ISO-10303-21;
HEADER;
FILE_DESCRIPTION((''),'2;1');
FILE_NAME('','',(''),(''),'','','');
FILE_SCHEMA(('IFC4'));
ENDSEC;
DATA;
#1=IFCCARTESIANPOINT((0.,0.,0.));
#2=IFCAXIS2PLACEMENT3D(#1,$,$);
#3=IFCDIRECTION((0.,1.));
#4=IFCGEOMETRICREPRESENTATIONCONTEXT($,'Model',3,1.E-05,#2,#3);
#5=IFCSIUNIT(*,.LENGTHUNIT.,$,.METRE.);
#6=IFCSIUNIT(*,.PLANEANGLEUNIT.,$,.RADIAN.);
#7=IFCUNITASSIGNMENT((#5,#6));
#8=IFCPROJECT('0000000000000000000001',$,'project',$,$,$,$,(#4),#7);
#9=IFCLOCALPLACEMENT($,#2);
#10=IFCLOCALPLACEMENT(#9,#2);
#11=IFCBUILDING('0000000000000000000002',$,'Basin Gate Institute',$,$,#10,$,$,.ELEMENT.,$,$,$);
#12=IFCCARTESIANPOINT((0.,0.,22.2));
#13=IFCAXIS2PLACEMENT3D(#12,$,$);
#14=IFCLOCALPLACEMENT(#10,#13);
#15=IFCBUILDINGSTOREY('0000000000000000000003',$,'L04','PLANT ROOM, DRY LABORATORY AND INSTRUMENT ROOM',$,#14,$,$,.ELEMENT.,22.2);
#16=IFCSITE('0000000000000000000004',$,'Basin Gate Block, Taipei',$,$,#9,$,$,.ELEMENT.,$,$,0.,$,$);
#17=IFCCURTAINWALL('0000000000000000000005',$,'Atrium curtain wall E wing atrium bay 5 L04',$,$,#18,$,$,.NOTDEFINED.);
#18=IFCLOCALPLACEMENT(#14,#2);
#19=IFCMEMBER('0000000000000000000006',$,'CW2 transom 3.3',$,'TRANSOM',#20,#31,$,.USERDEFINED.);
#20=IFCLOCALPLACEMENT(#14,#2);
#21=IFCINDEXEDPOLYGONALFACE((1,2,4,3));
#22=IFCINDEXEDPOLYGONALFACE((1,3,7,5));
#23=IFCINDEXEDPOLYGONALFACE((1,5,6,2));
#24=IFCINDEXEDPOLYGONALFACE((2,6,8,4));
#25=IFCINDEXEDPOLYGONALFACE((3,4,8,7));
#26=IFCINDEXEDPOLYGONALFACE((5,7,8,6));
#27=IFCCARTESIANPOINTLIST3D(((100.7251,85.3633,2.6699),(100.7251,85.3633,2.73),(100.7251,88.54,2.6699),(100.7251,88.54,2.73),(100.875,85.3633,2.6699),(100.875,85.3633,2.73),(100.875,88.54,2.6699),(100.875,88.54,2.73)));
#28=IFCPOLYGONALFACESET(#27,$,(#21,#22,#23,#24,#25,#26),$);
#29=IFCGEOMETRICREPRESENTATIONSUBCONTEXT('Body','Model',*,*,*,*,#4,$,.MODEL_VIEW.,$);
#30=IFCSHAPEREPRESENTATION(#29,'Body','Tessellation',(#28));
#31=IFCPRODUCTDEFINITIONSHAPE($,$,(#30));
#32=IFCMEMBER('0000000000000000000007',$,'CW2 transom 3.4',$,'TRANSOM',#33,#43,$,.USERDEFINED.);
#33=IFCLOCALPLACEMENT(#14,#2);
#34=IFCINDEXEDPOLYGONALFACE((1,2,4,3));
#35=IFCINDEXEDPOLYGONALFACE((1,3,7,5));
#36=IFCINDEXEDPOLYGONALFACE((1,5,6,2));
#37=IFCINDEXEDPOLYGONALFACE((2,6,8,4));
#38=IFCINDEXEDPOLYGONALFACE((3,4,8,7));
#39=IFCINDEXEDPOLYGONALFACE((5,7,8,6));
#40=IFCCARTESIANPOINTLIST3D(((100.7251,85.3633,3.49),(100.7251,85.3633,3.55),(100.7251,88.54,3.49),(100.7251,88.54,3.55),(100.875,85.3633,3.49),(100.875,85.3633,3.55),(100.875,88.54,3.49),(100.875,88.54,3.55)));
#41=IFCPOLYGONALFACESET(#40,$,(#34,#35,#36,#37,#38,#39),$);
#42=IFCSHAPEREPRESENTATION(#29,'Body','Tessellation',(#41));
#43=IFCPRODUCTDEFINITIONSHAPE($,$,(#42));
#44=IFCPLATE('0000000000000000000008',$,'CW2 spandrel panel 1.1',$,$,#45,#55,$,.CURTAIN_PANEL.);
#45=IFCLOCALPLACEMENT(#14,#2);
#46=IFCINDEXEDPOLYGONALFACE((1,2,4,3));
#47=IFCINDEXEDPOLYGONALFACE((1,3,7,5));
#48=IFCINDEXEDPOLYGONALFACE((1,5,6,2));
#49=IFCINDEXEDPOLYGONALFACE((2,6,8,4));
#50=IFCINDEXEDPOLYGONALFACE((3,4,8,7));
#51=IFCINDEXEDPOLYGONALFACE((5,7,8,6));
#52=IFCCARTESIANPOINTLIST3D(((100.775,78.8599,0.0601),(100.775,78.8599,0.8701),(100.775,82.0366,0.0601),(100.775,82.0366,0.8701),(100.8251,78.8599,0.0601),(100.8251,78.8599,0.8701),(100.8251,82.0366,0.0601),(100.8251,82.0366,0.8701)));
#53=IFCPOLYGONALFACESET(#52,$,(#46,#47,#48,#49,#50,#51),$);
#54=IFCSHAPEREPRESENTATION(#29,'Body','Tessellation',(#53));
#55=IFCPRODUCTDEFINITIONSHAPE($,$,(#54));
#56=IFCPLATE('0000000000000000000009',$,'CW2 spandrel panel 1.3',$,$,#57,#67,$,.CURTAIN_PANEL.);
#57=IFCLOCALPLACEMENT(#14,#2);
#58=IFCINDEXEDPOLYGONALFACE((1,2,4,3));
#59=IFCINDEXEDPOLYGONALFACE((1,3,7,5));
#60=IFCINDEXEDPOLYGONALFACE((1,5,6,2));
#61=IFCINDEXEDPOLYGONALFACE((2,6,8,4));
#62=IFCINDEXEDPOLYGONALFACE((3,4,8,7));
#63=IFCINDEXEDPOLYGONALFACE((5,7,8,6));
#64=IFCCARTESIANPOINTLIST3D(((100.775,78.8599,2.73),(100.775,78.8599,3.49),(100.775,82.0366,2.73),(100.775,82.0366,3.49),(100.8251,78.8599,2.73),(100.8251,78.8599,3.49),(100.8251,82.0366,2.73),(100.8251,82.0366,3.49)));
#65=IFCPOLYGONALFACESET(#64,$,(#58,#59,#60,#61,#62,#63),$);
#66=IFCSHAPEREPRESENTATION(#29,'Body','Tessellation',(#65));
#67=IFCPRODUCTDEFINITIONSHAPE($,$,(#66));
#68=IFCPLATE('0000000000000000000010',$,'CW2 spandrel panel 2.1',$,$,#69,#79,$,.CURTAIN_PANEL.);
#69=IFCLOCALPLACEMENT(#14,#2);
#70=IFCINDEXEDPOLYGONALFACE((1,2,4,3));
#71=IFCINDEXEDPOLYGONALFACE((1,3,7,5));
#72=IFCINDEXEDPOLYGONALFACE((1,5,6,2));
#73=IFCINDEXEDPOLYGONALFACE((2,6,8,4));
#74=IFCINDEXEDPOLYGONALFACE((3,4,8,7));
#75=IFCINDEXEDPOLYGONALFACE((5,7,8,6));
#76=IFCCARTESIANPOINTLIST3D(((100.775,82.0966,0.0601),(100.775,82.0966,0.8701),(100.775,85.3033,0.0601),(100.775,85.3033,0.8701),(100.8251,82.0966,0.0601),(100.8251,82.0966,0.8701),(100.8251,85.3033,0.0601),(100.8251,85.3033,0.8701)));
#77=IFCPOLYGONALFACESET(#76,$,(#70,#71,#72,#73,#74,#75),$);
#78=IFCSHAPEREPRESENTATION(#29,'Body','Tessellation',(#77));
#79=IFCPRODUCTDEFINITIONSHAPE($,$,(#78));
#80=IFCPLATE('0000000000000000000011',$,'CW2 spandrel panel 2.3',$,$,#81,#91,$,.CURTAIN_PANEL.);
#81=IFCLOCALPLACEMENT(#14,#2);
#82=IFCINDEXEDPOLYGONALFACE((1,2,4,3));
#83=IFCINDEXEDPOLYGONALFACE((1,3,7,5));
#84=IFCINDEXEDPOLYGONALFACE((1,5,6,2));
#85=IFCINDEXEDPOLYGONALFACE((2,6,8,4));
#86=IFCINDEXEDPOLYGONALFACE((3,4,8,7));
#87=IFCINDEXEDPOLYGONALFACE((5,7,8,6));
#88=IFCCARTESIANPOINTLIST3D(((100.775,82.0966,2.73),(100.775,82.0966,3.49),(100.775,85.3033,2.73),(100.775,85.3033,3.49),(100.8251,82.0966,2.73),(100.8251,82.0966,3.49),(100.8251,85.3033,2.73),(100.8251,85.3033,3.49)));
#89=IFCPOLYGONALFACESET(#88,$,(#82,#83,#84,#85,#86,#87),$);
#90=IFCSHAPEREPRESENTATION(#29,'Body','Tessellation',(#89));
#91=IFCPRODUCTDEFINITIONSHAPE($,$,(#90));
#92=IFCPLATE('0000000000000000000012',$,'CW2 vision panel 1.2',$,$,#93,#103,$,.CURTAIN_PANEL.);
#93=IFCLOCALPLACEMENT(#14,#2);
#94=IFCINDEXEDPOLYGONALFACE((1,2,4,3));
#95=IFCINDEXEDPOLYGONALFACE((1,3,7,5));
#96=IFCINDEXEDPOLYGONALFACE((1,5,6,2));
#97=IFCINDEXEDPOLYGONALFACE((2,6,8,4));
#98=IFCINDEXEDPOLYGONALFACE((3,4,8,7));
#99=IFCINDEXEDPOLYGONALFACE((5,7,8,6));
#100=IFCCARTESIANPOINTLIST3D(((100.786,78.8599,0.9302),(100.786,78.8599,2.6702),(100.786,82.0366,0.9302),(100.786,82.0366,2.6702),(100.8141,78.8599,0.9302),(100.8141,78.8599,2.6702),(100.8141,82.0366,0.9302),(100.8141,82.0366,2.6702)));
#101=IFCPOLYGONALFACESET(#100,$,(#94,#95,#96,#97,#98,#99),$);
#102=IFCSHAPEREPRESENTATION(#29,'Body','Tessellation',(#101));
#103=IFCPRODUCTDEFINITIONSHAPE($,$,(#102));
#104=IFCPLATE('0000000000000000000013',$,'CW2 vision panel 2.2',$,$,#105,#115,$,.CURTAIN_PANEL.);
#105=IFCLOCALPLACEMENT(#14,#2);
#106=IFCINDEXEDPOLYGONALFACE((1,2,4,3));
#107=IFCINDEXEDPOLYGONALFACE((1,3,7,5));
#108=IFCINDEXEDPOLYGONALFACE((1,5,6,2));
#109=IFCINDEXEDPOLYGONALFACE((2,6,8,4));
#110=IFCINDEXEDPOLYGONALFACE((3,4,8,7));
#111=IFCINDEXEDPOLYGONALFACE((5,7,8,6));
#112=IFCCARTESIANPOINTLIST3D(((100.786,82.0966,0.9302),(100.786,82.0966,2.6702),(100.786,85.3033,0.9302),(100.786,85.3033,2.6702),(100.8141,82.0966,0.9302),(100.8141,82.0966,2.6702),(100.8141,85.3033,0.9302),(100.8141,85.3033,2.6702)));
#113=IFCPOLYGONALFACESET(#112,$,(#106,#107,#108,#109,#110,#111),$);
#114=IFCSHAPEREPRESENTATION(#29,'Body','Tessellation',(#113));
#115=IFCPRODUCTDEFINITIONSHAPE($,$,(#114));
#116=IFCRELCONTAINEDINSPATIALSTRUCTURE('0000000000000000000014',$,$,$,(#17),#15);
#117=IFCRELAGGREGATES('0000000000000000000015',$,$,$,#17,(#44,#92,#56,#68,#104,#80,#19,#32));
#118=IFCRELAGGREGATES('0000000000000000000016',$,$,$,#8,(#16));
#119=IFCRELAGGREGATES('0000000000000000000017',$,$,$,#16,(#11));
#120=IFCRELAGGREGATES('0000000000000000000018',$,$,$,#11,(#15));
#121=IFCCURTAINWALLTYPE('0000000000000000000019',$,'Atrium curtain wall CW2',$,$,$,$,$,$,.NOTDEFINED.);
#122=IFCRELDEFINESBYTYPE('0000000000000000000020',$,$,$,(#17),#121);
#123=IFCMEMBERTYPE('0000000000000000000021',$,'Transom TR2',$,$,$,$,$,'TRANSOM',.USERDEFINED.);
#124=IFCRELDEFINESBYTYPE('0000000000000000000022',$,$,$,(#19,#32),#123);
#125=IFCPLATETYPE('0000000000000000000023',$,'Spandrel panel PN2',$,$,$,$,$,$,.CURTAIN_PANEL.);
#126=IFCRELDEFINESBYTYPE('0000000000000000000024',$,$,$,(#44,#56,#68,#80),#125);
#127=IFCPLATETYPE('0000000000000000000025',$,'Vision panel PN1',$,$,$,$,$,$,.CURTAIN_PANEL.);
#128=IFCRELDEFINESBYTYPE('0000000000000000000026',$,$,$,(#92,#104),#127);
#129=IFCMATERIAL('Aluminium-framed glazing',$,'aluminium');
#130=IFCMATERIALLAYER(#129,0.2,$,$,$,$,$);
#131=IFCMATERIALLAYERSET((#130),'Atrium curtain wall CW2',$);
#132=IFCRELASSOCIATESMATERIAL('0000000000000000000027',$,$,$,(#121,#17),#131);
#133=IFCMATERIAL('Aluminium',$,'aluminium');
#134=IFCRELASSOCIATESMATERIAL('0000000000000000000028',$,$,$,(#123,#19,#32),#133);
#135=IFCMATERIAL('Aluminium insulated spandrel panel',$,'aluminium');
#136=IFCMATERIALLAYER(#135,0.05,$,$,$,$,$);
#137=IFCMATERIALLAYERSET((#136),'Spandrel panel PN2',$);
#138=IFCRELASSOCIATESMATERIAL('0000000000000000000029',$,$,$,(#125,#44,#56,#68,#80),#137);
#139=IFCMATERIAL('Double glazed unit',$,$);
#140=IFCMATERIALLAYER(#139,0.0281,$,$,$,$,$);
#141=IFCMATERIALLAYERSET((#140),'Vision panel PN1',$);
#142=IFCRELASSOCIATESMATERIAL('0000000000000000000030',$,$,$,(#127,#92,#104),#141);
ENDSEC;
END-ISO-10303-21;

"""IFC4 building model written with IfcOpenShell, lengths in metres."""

from ifc_helpers import new_model, si_unit, direction, frame, origin, origin_2d, place, context, subcontext, project, spatial, rectangle, extrude, material, layer, layer_set, material_profile, profile_set, type_object, element, aggregate, save


model = new_model("IFC4")

# Units and contexts
model_context = context("Model", 3, precision=1e-05, world=origin(), true_north=direction((0.0, 1.0)))
body_context = subcontext(model_context, "Body", "Model", "MODEL_VIEW")
ifc_project = project(units=[si_unit("LENGTHUNIT", "METRE"), si_unit("PLANEANGLEUNIT", "RADIAN")], contexts=[model_context])

# Site, building, storey
site_placement = place(None, origin())
site = spatial("IfcSite", under=ifc_project, at=site_placement, Name="Basin Gate Block, Taipei", CompositionType="ELEMENT", RefElevation=0.0)
building_placement = place(site_placement, origin())
building = spatial("IfcBuilding", under=site, at=building_placement, Name="Basin Gate Institute", CompositionType="ELEMENT")
storey_placement = place(building_placement, frame((0.0, 0.0, 22.2)))
storey = spatial("IfcBuildingStorey", under=building, at=storey_placement, Name="L04", Description="PLANT ROOM, DRY LABORATORY AND INSTRUMENT ROOM", CompositionType="ELEMENT", Elevation=22.2)

# Curtain wall, members, plates
ifc_material_1 = material(Name="Aluminium-framed glazing", Category="aluminium")
ifc_layer_1 = layer(ifc_material_1, 0.2)
ifc_layer_set_1 = layer_set([ifc_layer_1], Name="Atrium curtain wall CW2")
curtain_wall_type = type_object("IfcCurtainWallType", Name="Atrium curtain wall CW2", PredefinedType="NOTDEFINED", material=ifc_layer_set_1)
curtain_wall_placement = place(storey_placement, origin())
curtain_wall = element("IfcCurtainWall", 1, at=curtain_wall_placement, inside=storey, type_object=curtain_wall_type, material=ifc_layer_set_1, Name="Atrium curtain wall E wing atrium bay 5 L04", PredefinedType="NOTDEFINED")
ifc_material_2 = material(Name="Aluminium", Category="aluminium")
ifc_material_profile_1 = material_profile(ifc_material_2, rectangle(XDim=0.1499, YDim=0.0601, at=origin_2d()), Name="Transom TR2 150 x 60")
ifc_profile_set_1 = profile_set([ifc_material_profile_1], Name="Aluminium")
member_type_1 = type_object("IfcMemberType", Name="Transom TR2", ElementType="TRANSOM", PredefinedType="USERDEFINED", material=ifc_profile_set_1)
member_1_placement = place(storey_placement, frame((100.8, 85.3633, 2.7), z_axis=(0.0, 1.0, 0.0), x_axis=(-1.0, 0.0, 0.0)))
member_1 = element("IfcMember", 2, at=member_1_placement, type_object=member_type_1, material=ifc_profile_set_1, Name="CW2 transom 3.3", ObjectType="TRANSOM", PredefinedType="USERDEFINED", context=body_context, shape_type="SweptSolid", body=[
    extrude(rectangle(XDim=0.1499, YDim=0.0601, at=origin_2d()), origin(), (0.0, 0.0, 1.0), 3.1768),
])
member_2_placement = place(storey_placement, frame((100.8, 85.3633, 3.52), z_axis=(0.0, 1.0, 0.0), x_axis=(-1.0, 0.0, 0.0)))
member_2 = element("IfcMember", 3, at=member_2_placement, type_object=member_type_1, material=ifc_profile_set_1, Name="CW2 transom 3.4", ObjectType="TRANSOM", PredefinedType="USERDEFINED", context=body_context, shape_type="SweptSolid", body=[
    extrude(rectangle(XDim=0.1499, YDim=0.0601, at=origin_2d()), origin(), (0.0, 0.0, 1.0), 3.1768),
])
ifc_material_3 = material(Name="Aluminium insulated spandrel panel", Category="aluminium")
ifc_layer_2 = layer(ifc_material_3, 0.05)
ifc_layer_set_2 = layer_set([ifc_layer_2], Name="Spandrel panel PN2")
plate_type_1 = type_object("IfcPlateType", Name="Spandrel panel PN2", PredefinedType="CURTAIN_PANEL", material=ifc_layer_set_2)
plate_1_placement = place(storey_placement, frame((100.8, 80.4482, 0.0601), z_axis=(0.0, 0.0, 1.0), x_axis=(0.0, 1.0, 0.0)))
plate_1 = element("IfcPlate", 4, at=plate_1_placement, type_object=plate_type_1, material=ifc_layer_set_2, Name="CW2 spandrel panel 1.1", PredefinedType="CURTAIN_PANEL", context=body_context, shape_type="SweptSolid", body=[
    extrude(rectangle(XDim=3.1768, YDim=0.05, at=origin_2d()), origin(), (0.0, 0.0, 1.0), 0.8101),
])
plate_2_placement = place(storey_placement, frame((100.8, 80.4482, 2.73), z_axis=(0.0, 0.0, 1.0), x_axis=(0.0, 1.0, 0.0)))
plate_2 = element("IfcPlate", 5, at=plate_2_placement, type_object=plate_type_1, material=ifc_layer_set_2, Name="CW2 spandrel panel 1.3", PredefinedType="CURTAIN_PANEL", context=body_context, shape_type="SweptSolid", body=[
    extrude(rectangle(XDim=3.1768, YDim=0.05, at=origin_2d()), origin(), (0.0, 0.0, 1.0), 0.76),
])
plate_3_placement = place(storey_placement, frame((100.8, 83.7, 0.0601), z_axis=(0.0, 0.0, 1.0), x_axis=(0.0, 1.0, 0.0)))
plate_3 = element("IfcPlate", 6, at=plate_3_placement, type_object=plate_type_1, material=ifc_layer_set_2, Name="CW2 spandrel panel 2.1", PredefinedType="CURTAIN_PANEL", context=body_context, shape_type="SweptSolid", body=[
    extrude(rectangle(XDim=3.2068, YDim=0.05, at=origin_2d()), origin(), (0.0, 0.0, 1.0), 0.8101),
])
plate_4_placement = place(storey_placement, frame((100.8, 83.7, 2.73), z_axis=(0.0, 0.0, 1.0), x_axis=(0.0, 1.0, 0.0)))
plate_4 = element("IfcPlate", 7, at=plate_4_placement, type_object=plate_type_1, material=ifc_layer_set_2, Name="CW2 spandrel panel 2.3", PredefinedType="CURTAIN_PANEL", context=body_context, shape_type="SweptSolid", body=[
    extrude(rectangle(XDim=3.2068, YDim=0.05, at=origin_2d()), origin(), (0.0, 0.0, 1.0), 0.76),
])
ifc_material_4 = material(Name="Double glazed unit")
ifc_layer_3 = layer(ifc_material_4, 0.0281)
ifc_layer_set_3 = layer_set([ifc_layer_3], Name="Vision panel PN1")
plate_type_2 = type_object("IfcPlateType", Name="Vision panel PN1", PredefinedType="CURTAIN_PANEL", material=ifc_layer_set_3)
plate_5_placement = place(storey_placement, frame((100.8, 80.4482, 0.9302), z_axis=(0.0, 0.0, 1.0), x_axis=(0.0, 1.0, 0.0)))
plate_5 = element("IfcPlate", 8, at=plate_5_placement, type_object=plate_type_2, material=ifc_layer_set_3, Name="CW2 vision panel 1.2", PredefinedType="CURTAIN_PANEL", context=body_context, shape_type="SweptSolid", body=[
    extrude(rectangle(XDim=3.1768, YDim=0.0281, at=origin_2d()), origin(), (0.0, 0.0, 1.0), 1.74),
])
plate_6_placement = place(storey_placement, frame((100.8, 83.7, 0.9302), z_axis=(0.0, 0.0, 1.0), x_axis=(0.0, 1.0, 0.0)))
plate_6 = element("IfcPlate", 9, at=plate_6_placement, type_object=plate_type_2, material=ifc_layer_set_3, Name="CW2 vision panel 2.2", PredefinedType="CURTAIN_PANEL", context=body_context, shape_type="SweptSolid", body=[
    extrude(rectangle(XDim=3.2068, YDim=0.0281, at=origin_2d()), origin(), (0.0, 0.0, 1.0), 1.74),
])
aggregate(curtain_wall, [plate_1, plate_5, plate_2, plate_3, plate_6, plate_4, member_1, member_2])

save(model, "model.ifc")
